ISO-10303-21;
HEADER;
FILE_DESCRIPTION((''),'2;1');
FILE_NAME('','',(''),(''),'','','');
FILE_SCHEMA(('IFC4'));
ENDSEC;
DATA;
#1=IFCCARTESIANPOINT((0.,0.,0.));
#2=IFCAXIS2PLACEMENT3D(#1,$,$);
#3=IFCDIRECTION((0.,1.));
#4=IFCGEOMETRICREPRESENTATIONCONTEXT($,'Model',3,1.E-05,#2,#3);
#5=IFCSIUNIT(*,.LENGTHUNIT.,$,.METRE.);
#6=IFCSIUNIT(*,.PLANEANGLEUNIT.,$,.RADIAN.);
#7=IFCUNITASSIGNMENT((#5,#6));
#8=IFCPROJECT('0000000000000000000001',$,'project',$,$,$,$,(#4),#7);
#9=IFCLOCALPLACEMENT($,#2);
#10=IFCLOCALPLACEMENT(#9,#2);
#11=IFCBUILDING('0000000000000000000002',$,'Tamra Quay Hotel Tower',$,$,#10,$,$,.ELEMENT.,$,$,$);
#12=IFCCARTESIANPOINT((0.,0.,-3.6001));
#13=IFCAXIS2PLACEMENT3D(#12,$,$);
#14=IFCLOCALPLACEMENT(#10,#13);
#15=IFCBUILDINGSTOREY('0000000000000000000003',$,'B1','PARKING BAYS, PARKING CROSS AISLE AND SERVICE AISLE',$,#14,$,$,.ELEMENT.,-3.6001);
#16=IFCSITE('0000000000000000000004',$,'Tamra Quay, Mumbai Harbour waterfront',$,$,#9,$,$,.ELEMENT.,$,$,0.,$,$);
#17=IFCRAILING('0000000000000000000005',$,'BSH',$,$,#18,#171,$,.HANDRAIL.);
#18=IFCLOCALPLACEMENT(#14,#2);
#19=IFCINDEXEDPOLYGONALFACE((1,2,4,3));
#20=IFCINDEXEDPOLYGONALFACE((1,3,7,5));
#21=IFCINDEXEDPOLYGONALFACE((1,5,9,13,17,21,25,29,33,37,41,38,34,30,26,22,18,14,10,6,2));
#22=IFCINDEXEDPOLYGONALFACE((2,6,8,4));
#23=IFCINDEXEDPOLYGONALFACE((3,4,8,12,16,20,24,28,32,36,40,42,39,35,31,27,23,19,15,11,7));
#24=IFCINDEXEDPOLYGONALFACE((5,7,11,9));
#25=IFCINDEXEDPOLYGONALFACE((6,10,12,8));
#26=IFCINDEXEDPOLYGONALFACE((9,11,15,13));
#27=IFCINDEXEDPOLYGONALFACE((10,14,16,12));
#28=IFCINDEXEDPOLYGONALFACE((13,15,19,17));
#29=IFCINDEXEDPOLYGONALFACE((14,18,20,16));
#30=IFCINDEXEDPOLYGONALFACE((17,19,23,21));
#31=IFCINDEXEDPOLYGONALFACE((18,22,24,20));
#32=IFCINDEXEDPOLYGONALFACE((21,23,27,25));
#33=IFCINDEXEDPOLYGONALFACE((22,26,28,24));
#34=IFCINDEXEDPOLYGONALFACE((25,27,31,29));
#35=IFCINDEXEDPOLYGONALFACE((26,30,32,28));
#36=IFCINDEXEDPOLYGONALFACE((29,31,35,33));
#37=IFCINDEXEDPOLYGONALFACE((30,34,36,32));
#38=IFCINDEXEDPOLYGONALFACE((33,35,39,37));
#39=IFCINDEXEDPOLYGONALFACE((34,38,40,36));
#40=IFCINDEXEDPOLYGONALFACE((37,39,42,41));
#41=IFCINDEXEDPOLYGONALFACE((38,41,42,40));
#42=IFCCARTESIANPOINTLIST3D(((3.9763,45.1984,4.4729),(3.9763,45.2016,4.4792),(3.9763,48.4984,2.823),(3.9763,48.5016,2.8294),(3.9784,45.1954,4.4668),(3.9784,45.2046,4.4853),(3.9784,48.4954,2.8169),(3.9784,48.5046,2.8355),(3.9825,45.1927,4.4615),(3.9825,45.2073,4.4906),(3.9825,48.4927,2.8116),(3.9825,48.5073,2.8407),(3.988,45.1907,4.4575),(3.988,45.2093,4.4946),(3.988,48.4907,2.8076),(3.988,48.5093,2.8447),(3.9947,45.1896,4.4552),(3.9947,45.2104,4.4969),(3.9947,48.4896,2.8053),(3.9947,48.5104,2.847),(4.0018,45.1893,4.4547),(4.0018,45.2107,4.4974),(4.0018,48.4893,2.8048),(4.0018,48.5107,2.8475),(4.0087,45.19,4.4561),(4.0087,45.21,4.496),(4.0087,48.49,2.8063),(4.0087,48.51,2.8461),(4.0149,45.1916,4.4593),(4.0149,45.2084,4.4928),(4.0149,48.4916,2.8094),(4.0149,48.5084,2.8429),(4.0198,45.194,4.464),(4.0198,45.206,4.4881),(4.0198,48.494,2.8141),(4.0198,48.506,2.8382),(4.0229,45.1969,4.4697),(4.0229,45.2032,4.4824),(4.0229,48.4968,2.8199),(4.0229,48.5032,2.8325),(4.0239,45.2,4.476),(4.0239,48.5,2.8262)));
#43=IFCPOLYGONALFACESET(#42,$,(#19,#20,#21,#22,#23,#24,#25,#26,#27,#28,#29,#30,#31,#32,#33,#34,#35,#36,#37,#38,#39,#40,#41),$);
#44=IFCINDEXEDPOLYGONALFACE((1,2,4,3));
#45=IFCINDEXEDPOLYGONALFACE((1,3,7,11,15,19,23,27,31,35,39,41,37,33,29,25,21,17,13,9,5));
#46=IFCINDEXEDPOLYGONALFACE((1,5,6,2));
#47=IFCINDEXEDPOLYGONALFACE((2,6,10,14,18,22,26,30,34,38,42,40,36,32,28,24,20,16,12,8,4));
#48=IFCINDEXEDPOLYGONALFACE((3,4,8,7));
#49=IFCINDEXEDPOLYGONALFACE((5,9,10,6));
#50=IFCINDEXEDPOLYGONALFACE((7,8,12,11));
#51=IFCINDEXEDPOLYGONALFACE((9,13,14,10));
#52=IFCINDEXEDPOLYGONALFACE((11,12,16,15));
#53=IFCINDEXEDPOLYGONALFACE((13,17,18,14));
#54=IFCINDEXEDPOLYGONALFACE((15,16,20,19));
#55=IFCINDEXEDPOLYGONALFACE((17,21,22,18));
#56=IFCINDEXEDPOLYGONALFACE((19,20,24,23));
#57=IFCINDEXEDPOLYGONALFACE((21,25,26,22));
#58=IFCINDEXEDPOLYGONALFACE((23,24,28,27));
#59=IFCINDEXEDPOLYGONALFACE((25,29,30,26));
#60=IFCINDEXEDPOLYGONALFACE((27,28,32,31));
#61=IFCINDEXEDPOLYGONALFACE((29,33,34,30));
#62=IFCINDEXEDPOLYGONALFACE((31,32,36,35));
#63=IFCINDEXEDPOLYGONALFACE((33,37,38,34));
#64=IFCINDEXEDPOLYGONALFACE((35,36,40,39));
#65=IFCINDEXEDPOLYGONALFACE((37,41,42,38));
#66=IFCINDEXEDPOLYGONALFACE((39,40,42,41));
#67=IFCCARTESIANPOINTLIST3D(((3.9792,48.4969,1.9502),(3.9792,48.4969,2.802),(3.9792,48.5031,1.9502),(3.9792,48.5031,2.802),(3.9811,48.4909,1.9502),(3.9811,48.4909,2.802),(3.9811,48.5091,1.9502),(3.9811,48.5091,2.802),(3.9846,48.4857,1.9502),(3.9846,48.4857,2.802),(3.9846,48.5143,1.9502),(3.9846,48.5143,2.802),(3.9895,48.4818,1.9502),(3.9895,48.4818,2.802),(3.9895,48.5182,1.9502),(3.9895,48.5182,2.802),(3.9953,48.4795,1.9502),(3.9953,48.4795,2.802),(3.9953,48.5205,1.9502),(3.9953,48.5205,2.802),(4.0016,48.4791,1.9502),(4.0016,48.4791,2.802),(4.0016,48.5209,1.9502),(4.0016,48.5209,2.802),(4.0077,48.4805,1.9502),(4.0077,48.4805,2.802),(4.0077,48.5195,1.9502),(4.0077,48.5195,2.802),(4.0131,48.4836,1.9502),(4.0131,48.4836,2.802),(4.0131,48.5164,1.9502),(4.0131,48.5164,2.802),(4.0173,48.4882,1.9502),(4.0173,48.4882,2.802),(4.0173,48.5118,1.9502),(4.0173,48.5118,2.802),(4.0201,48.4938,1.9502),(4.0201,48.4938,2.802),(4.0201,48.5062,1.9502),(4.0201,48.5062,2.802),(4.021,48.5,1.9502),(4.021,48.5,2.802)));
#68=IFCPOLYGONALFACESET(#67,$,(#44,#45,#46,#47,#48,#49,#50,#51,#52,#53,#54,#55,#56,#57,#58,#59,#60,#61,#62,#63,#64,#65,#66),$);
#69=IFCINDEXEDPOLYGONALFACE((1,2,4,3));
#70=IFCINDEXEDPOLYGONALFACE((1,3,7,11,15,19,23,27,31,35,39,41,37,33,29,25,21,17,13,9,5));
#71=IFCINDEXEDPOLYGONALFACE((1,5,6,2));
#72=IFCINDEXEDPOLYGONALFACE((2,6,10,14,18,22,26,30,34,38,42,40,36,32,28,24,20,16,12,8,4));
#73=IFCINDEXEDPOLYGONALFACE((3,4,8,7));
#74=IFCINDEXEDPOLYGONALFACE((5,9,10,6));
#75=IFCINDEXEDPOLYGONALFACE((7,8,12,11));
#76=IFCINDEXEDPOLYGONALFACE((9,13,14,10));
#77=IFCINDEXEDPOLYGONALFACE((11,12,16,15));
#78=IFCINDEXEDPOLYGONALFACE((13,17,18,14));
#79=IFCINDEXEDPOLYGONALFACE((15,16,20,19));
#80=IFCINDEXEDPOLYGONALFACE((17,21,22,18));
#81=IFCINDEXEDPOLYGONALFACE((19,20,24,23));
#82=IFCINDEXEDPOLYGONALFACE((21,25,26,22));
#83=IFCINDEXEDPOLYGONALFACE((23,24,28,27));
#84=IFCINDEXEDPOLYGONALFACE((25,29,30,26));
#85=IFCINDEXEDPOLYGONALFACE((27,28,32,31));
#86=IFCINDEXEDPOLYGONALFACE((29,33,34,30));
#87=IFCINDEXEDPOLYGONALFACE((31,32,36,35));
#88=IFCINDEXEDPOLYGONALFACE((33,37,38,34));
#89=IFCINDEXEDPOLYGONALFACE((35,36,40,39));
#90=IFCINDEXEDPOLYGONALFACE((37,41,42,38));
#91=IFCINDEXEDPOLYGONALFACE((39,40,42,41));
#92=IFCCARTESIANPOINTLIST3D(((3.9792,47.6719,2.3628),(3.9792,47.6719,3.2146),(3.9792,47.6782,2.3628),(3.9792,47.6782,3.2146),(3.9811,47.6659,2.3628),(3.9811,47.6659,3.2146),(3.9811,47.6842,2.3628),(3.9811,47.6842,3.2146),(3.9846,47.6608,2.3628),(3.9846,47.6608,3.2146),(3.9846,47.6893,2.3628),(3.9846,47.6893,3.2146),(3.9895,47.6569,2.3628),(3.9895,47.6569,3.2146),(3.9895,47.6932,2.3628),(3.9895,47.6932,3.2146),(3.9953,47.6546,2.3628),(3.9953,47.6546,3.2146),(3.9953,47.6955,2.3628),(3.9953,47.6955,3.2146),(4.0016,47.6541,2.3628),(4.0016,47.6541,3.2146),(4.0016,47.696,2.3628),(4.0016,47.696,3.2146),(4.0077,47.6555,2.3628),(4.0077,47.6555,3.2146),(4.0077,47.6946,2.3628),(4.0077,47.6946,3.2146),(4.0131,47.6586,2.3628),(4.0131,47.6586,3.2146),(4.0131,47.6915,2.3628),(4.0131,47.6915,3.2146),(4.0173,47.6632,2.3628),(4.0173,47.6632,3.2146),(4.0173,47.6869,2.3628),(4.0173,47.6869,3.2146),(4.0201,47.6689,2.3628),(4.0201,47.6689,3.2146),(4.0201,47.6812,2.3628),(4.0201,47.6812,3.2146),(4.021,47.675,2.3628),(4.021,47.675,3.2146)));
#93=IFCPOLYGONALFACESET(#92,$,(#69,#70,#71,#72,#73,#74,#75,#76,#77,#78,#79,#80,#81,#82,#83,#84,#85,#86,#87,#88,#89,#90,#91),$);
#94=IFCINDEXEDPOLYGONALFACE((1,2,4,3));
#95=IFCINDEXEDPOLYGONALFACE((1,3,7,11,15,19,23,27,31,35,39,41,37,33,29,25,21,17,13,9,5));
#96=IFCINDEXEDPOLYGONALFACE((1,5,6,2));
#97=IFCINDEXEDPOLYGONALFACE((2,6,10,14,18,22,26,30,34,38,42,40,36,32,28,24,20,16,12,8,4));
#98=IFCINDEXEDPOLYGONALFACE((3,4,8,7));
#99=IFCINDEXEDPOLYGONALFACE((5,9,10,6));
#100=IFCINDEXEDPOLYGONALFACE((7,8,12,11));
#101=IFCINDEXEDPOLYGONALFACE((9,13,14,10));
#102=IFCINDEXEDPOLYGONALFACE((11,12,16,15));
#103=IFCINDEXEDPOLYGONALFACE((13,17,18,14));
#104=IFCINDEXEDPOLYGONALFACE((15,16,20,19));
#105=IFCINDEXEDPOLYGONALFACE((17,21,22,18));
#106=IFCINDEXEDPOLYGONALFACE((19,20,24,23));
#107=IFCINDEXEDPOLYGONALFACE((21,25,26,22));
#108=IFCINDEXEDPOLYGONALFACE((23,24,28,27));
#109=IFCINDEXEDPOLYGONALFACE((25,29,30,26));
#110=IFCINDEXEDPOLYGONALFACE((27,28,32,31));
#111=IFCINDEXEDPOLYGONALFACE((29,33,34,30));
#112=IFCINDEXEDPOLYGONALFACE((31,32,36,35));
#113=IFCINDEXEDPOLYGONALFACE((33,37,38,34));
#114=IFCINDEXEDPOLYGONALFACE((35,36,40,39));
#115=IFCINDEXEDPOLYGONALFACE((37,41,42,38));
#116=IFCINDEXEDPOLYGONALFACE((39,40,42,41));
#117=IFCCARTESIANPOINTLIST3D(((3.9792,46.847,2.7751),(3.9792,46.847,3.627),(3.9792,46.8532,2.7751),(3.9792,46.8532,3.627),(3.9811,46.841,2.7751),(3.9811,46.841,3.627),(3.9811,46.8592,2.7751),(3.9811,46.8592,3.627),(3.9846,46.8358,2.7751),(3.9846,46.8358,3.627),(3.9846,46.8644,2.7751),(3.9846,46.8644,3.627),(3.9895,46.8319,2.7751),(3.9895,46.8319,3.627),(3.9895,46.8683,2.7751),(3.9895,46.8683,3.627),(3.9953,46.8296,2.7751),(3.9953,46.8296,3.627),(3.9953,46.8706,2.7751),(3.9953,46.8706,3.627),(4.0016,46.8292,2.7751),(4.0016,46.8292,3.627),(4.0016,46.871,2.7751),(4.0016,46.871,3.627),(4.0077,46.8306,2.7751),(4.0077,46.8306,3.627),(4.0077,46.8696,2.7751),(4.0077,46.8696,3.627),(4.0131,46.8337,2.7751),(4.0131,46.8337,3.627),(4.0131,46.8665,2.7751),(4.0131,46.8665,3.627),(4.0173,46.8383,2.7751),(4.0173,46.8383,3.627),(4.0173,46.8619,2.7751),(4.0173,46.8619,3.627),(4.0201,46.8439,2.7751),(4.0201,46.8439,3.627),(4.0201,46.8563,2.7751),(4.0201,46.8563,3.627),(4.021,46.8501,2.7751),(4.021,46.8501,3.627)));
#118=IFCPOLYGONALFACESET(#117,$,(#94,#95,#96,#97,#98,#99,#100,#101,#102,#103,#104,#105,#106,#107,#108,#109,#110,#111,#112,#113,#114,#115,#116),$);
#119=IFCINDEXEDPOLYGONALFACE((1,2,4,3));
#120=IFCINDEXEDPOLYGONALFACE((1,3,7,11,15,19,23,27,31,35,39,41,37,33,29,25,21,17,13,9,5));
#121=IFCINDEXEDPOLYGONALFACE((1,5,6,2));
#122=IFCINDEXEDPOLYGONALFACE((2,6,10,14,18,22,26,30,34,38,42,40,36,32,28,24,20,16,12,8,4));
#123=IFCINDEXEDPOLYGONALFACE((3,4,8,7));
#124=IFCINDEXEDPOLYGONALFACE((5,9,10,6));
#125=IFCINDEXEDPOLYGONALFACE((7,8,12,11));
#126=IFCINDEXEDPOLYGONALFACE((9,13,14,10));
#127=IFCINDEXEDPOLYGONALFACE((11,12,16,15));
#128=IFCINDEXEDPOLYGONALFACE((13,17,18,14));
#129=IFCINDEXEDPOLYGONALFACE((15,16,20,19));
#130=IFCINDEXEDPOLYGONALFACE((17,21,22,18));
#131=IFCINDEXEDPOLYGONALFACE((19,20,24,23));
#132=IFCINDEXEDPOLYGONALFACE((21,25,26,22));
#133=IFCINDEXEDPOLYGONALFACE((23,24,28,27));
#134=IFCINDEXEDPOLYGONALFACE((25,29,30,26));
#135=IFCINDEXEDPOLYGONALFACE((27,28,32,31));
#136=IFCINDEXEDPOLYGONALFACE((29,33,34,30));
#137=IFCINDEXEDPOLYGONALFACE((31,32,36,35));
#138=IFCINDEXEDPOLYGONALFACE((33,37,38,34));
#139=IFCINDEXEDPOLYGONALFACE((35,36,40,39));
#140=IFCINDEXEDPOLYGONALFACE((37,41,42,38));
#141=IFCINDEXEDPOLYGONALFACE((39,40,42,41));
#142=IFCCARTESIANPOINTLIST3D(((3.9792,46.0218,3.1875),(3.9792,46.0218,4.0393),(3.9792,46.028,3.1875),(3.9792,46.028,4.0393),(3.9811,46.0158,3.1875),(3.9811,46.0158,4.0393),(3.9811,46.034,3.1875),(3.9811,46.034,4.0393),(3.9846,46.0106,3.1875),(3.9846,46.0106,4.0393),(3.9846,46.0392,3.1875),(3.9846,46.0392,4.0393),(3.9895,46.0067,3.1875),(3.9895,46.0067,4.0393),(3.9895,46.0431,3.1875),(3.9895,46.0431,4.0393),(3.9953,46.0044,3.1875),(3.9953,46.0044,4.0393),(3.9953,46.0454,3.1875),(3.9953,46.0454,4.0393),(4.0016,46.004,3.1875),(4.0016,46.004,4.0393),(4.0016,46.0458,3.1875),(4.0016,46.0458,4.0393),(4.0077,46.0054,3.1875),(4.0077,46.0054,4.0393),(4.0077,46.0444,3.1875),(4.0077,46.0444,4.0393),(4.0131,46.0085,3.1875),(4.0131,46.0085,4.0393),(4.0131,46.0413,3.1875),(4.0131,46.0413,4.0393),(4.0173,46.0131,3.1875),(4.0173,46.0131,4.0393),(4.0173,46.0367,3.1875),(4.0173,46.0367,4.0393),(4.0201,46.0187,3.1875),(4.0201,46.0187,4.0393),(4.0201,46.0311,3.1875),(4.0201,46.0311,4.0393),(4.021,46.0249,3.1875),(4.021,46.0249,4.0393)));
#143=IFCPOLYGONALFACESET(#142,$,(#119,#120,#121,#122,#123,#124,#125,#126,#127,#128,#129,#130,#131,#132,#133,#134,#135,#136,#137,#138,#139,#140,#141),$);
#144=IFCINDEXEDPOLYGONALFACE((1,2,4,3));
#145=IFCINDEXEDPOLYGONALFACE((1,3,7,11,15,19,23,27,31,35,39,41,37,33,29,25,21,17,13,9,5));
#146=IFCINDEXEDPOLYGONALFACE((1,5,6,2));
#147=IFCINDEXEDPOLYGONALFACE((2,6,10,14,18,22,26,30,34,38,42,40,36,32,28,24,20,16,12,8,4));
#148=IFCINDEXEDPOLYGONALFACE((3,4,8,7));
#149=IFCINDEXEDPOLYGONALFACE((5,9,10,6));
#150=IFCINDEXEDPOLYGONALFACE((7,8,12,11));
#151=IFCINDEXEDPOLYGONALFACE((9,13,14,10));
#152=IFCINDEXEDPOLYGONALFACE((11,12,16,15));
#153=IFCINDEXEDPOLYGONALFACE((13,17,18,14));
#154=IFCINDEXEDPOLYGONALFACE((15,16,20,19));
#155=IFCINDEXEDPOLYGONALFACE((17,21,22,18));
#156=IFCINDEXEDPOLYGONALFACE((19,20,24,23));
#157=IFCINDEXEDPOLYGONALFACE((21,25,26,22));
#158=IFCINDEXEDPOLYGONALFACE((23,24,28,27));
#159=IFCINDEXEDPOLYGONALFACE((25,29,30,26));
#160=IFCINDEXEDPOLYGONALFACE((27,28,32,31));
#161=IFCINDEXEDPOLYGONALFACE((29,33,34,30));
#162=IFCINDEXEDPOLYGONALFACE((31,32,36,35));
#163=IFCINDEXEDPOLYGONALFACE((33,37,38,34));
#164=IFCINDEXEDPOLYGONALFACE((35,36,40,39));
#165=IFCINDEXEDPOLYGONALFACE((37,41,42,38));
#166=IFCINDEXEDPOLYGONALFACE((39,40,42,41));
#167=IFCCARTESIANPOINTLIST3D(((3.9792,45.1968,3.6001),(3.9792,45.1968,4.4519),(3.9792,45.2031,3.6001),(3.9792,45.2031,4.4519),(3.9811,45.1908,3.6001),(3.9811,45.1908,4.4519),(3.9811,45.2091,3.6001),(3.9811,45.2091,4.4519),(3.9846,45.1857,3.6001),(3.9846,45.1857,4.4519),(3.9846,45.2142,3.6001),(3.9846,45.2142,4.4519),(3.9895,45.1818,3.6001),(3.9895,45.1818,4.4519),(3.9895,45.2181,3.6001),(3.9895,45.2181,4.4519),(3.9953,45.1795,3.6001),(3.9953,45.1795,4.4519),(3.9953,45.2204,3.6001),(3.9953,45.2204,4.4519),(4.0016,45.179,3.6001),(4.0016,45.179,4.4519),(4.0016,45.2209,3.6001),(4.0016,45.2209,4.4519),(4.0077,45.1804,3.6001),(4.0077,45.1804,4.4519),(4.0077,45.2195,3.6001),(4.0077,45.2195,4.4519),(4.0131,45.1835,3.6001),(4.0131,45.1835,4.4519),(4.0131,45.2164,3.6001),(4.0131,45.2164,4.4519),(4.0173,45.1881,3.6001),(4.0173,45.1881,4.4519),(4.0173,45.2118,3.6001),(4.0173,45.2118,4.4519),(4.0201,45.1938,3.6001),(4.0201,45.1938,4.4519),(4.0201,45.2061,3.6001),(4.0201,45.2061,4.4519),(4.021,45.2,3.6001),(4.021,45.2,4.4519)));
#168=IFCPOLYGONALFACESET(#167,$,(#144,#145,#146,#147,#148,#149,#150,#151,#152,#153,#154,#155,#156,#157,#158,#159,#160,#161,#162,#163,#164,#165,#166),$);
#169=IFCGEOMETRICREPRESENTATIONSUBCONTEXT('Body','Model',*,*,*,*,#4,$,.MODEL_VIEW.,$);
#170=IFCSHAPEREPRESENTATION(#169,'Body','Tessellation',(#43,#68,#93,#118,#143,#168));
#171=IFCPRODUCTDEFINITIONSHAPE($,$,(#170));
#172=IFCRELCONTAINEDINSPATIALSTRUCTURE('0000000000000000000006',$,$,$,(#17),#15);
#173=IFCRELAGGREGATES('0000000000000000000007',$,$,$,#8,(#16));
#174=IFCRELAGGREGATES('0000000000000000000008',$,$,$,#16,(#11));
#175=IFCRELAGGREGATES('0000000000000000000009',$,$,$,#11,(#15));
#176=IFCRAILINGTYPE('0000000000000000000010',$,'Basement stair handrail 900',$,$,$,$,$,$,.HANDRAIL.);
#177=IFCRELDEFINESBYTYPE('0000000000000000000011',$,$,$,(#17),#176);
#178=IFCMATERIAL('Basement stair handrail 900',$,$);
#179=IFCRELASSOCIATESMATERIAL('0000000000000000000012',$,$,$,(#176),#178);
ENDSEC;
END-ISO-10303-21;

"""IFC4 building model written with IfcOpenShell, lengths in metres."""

from ifc_helpers import new_model, si_unit, direction, frame, origin, origin_2d, place, context, subcontext, project, spatial, circle, extrude, material, type_object, element, save


model = new_model("IFC4")

# Units and contexts
model_context = context("Model", 3, precision=1e-05, world=origin(), true_north=direction((0.0, 1.0)))
body_context = subcontext(model_context, "Body", "Model", "MODEL_VIEW")
ifc_project = project(units=[si_unit("LENGTHUNIT", "METRE"), si_unit("PLANEANGLEUNIT", "RADIAN")], contexts=[model_context])

# Site, building, storey
site_placement = place(None, origin())
site = spatial("IfcSite", under=ifc_project, at=site_placement, Name="Tamra Quay, Mumbai Harbour waterfront", CompositionType="ELEMENT", RefElevation=0.0)
building_placement = place(site_placement, origin())
building = spatial("IfcBuilding", under=site, at=building_placement, Name="Tamra Quay Hotel Tower", CompositionType="ELEMENT")
storey_placement = place(building_placement, frame((0.0, 0.0, -3.6001)))
storey = spatial("IfcBuildingStorey", under=building, at=storey_placement, Name="B1", Description="PARKING BAYS, PARKING CROSS AISLE AND SERVICE AISLE", CompositionType="ELEMENT", Elevation=-3.6001)

# Railing
ifc_material_1 = material(Name="Basement stair handrail 900")
railing_type_1 = type_object("IfcRailingType", Name="Basement stair handrail 900", PredefinedType="HANDRAIL", material=ifc_material_1)
railing_1_placement = place(storey_placement, frame((4.0, 48.5, 1.9502)))
element("IfcRailing", 1, at=railing_1_placement, inside=storey, type_object=railing_type_1, Name="BSH", PredefinedType="HANDRAIL", context=body_context, shape_type="SweptSolid", body=[
    extrude(circle(Radius=0.0239, at=origin_2d()), frame((0.0, 0.0, 0.876), z_axis=(0.0, -0.89444, 0.447187), x_axis=(1.0, 0.0, 0.0)), (0.0, 0.0, 1.0), 3.6895),
    extrude(circle(Radius=0.021, at=origin_2d()), origin(), (0.0, 0.0, 1.0), 0.8518),
    extrude(circle(Radius=0.021, at=origin_2d()), frame((0.0, -0.825, 0.4126)), (0.0, 0.0, 1.0), 0.8518),
    extrude(circle(Radius=0.021, at=origin_2d()), frame((0.0, -1.6499, 0.825)), (0.0, 0.0, 1.0), 0.8518),
    extrude(circle(Radius=0.021, at=origin_2d()), frame((0.0, -2.4751, 1.2373)), (0.0, 0.0, 1.0), 0.8518),
    extrude(circle(Radius=0.021, at=origin_2d()), frame((0.0, -3.3, 1.6499)), (0.0, 0.0, 1.0), 0.8518),
])

save(model, "model.ifc")
